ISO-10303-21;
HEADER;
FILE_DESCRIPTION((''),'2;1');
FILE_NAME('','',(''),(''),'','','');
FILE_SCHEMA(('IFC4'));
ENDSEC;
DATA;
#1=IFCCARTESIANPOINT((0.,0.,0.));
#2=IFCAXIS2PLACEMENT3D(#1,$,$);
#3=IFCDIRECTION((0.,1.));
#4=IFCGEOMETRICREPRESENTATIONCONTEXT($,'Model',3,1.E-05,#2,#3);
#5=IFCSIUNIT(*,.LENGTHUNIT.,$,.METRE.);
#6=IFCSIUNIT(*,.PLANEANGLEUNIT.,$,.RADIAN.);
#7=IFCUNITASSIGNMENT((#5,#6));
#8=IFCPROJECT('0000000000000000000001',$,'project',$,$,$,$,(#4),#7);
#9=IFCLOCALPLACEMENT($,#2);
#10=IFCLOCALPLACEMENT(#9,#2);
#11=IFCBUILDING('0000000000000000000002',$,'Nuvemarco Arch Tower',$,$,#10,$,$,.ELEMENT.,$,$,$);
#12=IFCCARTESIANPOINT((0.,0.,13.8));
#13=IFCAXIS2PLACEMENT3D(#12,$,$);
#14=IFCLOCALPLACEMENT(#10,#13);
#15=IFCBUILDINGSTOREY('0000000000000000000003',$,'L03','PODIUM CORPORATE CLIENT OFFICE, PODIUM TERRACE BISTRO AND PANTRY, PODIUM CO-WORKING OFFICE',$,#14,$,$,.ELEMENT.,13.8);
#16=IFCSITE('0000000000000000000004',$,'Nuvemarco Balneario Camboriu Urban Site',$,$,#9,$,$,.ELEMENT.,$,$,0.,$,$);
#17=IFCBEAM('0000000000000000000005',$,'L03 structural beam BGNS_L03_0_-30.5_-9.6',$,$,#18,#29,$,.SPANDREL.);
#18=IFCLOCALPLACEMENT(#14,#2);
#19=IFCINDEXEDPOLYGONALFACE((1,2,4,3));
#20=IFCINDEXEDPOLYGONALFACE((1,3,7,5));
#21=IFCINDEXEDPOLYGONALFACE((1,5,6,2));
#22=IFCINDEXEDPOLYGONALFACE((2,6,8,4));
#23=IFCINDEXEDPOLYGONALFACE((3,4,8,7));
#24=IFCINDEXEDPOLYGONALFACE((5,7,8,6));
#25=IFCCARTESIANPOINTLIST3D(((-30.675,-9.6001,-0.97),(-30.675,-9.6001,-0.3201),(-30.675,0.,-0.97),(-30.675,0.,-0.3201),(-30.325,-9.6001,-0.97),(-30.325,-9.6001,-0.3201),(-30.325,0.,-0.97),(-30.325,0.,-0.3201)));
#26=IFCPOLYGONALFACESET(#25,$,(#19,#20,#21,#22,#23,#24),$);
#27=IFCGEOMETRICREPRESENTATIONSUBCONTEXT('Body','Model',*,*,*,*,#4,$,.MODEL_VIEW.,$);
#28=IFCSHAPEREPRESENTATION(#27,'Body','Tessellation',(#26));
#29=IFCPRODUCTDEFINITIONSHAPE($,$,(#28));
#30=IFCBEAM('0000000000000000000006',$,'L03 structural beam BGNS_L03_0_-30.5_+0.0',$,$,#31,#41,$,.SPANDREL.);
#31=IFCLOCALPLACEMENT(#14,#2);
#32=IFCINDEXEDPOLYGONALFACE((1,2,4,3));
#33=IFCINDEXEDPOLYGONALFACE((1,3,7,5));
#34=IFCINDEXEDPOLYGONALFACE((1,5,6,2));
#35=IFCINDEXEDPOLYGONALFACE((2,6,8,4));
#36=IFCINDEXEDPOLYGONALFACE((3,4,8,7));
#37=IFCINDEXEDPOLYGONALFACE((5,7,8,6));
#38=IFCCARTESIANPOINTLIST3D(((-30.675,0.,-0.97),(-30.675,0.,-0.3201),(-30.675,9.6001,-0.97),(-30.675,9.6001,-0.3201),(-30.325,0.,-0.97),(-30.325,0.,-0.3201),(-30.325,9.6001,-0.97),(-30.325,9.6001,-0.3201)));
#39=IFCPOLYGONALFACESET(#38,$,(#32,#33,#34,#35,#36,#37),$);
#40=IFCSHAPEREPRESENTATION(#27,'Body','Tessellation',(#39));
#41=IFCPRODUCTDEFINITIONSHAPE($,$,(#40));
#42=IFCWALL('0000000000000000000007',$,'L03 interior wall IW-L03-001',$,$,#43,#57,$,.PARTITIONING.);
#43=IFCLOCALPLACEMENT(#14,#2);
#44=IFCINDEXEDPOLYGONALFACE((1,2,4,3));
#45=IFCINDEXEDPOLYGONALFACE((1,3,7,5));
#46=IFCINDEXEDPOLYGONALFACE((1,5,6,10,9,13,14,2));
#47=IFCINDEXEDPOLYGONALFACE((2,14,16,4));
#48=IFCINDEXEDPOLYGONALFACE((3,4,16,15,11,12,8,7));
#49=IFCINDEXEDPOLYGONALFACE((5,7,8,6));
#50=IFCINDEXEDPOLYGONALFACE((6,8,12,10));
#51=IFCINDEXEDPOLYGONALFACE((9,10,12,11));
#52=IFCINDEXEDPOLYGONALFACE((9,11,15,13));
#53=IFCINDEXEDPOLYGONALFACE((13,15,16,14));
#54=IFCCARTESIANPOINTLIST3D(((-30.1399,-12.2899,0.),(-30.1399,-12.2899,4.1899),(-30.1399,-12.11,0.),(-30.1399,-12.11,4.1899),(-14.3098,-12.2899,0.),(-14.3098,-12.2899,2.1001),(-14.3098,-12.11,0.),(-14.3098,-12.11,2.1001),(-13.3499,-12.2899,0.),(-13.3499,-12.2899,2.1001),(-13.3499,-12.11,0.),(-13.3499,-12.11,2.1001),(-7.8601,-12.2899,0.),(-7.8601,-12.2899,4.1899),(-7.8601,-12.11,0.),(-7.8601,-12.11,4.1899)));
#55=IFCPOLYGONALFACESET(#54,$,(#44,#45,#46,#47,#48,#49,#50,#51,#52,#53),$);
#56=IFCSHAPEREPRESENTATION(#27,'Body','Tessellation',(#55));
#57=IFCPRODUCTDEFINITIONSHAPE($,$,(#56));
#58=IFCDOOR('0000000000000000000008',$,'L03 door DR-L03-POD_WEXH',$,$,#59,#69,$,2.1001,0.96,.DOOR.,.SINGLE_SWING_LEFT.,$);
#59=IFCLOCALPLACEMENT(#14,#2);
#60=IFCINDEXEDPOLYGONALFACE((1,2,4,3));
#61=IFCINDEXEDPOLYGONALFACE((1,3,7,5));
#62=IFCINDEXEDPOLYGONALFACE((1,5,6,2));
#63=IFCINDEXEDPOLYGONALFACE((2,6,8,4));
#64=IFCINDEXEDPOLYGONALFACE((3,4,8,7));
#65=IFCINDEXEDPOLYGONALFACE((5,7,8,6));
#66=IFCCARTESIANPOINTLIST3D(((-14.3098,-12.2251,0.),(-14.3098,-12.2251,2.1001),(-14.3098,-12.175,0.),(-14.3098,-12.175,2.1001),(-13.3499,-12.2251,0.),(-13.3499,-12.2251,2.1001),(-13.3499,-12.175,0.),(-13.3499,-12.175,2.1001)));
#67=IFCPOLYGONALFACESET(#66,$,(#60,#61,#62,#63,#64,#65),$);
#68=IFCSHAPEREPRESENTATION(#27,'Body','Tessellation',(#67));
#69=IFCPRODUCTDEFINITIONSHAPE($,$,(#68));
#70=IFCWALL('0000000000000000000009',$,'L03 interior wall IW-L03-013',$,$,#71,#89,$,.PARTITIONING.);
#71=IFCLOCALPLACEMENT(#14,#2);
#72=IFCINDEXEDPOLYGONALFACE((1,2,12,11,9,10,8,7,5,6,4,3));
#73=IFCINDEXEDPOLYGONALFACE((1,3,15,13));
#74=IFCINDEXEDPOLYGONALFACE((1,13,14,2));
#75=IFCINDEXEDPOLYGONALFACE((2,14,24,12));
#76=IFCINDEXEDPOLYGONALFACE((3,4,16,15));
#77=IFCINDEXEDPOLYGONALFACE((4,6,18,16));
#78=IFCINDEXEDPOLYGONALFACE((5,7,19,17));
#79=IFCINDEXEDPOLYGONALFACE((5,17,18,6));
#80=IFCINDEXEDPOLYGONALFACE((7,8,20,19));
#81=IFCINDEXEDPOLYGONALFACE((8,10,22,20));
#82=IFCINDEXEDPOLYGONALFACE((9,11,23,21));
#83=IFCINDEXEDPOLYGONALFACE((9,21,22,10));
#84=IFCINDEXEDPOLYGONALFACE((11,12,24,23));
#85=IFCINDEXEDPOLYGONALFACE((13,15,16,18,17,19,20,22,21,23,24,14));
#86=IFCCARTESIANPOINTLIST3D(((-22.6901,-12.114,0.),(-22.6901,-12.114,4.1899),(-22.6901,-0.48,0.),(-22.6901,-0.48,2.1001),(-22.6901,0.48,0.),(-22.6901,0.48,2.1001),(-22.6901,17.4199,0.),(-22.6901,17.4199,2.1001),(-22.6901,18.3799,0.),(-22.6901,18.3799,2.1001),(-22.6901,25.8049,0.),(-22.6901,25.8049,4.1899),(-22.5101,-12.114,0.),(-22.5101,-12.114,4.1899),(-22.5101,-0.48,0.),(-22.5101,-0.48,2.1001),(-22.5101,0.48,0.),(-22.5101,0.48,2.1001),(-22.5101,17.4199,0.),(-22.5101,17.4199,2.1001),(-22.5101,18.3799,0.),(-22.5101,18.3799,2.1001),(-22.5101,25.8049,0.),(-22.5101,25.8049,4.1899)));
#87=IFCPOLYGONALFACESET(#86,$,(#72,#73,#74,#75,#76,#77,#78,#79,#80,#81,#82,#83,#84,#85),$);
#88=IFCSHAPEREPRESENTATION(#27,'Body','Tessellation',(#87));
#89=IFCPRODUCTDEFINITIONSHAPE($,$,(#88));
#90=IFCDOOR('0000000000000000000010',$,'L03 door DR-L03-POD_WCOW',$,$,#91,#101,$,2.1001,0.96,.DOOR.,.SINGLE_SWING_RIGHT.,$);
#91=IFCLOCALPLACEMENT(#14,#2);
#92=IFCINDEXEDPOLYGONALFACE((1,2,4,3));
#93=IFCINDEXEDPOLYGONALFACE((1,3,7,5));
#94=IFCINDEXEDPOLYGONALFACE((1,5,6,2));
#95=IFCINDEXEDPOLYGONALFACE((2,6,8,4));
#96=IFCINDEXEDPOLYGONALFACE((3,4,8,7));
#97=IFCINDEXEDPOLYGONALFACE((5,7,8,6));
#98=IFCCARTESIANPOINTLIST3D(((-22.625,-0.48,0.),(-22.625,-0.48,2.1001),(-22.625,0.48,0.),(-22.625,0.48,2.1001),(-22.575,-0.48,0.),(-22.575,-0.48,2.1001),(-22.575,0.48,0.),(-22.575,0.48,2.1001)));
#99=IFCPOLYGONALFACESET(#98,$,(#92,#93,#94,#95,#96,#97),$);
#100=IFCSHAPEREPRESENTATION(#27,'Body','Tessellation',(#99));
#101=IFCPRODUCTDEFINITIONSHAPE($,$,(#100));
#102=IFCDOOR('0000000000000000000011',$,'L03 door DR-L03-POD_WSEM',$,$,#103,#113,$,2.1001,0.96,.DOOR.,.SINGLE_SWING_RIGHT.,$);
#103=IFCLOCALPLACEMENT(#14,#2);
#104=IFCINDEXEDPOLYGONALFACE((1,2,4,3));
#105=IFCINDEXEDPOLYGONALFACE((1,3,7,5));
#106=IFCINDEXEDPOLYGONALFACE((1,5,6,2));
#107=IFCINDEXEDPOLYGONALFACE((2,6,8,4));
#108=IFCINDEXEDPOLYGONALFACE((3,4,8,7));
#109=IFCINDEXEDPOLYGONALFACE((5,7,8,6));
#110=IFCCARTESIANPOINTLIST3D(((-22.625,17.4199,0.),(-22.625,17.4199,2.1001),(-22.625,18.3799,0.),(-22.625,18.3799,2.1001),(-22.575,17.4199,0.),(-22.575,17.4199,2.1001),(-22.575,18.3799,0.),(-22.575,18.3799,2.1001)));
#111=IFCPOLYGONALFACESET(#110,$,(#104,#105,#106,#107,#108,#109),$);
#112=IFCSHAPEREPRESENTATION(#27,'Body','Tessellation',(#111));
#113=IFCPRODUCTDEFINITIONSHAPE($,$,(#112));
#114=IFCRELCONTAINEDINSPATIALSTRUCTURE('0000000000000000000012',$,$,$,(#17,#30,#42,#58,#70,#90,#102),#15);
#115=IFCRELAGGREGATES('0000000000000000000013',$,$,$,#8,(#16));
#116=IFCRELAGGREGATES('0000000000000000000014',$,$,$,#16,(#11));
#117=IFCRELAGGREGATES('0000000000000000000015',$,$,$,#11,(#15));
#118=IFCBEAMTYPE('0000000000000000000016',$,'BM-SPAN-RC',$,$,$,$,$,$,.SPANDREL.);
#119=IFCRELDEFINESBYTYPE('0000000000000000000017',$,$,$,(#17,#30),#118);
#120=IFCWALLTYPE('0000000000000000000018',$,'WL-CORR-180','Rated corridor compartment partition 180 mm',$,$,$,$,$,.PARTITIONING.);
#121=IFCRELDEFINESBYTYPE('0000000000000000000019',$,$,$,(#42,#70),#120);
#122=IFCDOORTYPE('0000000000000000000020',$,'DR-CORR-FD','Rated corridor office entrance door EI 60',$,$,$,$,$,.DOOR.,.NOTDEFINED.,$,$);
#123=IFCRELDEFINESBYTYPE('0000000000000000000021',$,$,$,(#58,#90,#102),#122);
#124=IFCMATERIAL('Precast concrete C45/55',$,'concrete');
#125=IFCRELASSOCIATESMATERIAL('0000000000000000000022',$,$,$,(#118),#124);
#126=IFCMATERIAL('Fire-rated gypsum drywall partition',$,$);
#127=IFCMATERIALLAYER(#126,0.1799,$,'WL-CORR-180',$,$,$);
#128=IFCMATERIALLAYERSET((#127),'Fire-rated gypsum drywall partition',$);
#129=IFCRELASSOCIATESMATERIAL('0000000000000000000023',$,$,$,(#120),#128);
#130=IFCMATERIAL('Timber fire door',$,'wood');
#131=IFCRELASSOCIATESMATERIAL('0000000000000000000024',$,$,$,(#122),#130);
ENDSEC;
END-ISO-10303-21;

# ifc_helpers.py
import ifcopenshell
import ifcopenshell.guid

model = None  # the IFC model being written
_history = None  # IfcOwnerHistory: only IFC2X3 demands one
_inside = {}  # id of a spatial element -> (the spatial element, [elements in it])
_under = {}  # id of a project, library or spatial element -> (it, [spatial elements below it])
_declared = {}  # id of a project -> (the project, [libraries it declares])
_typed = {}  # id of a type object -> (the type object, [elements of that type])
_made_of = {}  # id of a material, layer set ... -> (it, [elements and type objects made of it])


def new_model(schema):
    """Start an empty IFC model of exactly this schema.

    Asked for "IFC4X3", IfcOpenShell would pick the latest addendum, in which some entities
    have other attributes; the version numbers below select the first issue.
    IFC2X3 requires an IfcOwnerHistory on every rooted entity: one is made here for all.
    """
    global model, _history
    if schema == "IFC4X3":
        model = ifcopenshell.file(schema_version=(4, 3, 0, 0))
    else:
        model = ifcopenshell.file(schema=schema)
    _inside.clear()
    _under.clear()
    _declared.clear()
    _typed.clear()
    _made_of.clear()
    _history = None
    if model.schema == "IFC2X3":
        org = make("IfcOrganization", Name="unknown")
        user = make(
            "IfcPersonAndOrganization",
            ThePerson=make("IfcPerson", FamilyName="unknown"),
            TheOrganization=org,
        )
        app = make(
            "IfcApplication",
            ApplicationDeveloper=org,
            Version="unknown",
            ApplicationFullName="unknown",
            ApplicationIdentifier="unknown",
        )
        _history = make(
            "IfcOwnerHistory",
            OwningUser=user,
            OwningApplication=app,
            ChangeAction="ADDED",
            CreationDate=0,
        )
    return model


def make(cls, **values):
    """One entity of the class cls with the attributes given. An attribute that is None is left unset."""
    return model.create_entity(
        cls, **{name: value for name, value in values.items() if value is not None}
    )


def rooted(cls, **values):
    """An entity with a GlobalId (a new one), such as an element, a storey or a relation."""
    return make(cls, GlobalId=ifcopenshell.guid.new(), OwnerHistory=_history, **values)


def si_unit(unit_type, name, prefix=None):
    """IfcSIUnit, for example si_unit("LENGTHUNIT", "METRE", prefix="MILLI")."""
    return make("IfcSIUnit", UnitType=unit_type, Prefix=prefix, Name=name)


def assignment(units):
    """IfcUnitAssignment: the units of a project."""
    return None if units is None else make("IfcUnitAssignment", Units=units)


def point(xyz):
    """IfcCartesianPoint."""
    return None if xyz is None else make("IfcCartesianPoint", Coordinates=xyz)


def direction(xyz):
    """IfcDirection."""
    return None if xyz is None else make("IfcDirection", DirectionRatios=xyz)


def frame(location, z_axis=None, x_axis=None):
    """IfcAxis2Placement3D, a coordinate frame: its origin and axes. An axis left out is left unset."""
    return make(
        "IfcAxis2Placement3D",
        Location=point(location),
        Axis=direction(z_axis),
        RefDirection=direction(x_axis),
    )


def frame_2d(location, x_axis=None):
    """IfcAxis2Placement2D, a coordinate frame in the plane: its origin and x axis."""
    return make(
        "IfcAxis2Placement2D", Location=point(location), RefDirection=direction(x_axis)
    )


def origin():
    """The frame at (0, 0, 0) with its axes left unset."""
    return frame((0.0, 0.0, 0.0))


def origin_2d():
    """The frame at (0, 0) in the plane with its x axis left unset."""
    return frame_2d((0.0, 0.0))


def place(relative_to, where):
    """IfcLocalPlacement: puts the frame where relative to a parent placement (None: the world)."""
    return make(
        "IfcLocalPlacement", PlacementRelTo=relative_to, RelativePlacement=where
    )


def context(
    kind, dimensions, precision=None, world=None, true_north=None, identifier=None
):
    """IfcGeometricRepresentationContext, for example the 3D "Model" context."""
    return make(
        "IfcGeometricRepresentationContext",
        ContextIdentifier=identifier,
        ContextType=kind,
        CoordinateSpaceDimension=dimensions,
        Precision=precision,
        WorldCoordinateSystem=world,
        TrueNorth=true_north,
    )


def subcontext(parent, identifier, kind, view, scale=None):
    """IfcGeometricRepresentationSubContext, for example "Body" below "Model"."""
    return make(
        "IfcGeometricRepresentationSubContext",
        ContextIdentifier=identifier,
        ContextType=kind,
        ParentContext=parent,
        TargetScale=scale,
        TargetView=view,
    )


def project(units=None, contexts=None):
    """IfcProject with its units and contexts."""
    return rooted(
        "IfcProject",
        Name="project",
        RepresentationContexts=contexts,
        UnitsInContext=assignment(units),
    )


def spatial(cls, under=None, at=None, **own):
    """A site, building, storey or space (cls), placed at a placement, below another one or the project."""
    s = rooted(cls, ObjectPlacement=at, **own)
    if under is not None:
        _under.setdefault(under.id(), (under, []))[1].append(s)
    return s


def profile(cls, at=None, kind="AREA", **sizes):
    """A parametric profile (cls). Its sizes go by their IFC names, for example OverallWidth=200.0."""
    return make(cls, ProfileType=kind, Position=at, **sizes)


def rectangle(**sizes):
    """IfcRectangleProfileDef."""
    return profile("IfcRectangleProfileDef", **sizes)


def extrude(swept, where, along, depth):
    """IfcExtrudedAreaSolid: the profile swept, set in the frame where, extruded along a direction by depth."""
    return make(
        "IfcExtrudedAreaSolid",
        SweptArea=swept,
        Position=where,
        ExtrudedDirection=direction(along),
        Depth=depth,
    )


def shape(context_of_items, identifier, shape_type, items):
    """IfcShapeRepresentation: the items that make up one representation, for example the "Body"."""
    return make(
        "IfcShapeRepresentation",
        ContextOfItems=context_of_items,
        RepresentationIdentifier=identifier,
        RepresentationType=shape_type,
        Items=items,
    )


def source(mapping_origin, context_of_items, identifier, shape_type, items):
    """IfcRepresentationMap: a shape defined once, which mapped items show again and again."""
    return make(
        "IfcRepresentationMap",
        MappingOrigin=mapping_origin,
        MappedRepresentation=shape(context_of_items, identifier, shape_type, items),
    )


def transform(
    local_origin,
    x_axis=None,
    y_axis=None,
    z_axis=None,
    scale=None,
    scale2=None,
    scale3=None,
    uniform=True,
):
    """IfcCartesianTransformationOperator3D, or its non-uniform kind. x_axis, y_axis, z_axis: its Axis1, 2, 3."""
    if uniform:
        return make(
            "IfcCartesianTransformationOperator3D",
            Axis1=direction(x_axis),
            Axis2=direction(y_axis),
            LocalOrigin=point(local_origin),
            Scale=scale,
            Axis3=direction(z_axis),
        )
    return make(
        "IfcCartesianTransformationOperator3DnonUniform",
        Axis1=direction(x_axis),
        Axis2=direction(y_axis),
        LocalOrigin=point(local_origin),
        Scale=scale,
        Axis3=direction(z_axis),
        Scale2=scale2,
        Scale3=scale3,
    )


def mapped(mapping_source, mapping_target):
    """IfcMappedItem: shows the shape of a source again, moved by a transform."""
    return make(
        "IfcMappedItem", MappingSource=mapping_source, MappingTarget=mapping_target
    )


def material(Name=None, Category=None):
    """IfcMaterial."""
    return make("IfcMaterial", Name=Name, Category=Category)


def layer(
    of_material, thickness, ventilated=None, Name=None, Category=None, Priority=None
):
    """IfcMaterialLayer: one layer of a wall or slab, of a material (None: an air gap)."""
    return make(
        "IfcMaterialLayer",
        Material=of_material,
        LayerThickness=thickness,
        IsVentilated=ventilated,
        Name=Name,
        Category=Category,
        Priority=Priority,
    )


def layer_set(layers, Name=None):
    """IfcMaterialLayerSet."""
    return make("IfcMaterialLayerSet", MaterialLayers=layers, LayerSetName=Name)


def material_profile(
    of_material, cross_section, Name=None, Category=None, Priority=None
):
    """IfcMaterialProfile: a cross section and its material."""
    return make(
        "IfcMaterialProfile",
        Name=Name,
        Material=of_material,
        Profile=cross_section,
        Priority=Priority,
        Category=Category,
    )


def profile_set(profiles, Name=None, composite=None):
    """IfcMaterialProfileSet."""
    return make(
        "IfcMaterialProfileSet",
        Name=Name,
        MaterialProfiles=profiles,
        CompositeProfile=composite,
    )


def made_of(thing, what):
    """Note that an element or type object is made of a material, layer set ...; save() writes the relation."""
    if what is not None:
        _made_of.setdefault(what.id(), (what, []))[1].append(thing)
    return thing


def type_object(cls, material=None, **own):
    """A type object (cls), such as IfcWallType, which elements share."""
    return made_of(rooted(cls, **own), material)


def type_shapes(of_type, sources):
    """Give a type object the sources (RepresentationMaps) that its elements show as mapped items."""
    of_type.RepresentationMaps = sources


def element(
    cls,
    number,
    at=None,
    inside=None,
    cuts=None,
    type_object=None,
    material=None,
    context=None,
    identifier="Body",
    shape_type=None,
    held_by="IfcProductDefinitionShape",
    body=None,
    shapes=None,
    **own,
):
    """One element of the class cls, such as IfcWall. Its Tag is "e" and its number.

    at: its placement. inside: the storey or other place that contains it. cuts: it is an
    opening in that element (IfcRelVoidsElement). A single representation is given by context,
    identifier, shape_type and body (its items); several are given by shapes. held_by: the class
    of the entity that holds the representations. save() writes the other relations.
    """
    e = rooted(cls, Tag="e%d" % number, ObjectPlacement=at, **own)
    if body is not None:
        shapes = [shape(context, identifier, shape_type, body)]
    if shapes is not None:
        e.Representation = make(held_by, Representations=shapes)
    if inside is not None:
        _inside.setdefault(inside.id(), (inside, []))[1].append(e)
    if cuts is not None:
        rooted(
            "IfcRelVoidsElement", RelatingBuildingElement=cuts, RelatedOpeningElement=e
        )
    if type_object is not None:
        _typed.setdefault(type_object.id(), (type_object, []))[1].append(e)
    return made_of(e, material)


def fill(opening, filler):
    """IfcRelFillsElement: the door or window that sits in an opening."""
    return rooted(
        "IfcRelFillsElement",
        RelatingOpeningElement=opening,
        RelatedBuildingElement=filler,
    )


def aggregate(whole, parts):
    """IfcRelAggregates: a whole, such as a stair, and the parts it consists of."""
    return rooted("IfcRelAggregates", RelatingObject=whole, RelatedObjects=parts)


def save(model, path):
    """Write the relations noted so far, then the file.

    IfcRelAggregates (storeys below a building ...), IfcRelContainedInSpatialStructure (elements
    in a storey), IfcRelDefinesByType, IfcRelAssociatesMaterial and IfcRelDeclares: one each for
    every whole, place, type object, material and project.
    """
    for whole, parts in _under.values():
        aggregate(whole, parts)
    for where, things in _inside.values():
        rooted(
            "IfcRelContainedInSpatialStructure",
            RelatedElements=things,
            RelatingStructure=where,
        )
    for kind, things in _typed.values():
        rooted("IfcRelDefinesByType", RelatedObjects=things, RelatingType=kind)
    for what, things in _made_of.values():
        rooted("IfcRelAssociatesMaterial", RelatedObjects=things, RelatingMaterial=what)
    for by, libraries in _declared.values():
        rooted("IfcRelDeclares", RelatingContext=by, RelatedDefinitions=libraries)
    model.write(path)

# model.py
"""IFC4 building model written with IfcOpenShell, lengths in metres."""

from ifc_helpers import new_model, si_unit, direction, frame, frame_2d, origin, origin_2d, place, context, subcontext, project, spatial, rectangle, extrude, source, transform, mapped, material, layer, layer_set, material_profile, profile_set, type_object, type_shapes, element, fill, save


model = new_model("IFC4")

# Units and contexts
model_context = context("Model", 3, precision=1e-05, world=origin(), true_north=direction((0.0, 1.0)))
body_context = subcontext(model_context, "Body", "Model", "MODEL_VIEW")
ifc_project = project(units=[si_unit("LENGTHUNIT", "METRE"), si_unit("PLANEANGLEUNIT", "RADIAN")], contexts=[model_context])

# Site, building, storey
site_placement = place(None, origin())
site = spatial("IfcSite", under=ifc_project, at=site_placement, Name="Nuvemarco Balneario Camboriu Urban Site", CompositionType="ELEMENT", RefElevation=0.0)
building_placement = place(site_placement, origin())
building = spatial("IfcBuilding", under=site, at=building_placement, Name="Nuvemarco Arch Tower", CompositionType="ELEMENT")
storey_placement = place(building_placement, frame((0.0, 0.0, 13.8)))
storey = spatial("IfcBuildingStorey", under=building, at=storey_placement, Name="L03", Description="PODIUM CORPORATE CLIENT OFFICE, PODIUM TERRACE BISTRO AND PANTRY, PODIUM CO-WORKING OFFICE", CompositionType="ELEMENT", Elevation=13.8)

# Beams
ifc_material_1 = material(Name="Precast concrete C45/55", Category="concrete")
ifc_material_profile_1 = material_profile(ifc_material_1, rectangle(XDim=0.3501, YDim=0.6499, at=origin_2d()), Name="PC-SP-350x650")
ifc_profile_set_1 = profile_set([ifc_material_profile_1], Name="Precast concrete C45/55")
beam_type_1 = type_object("IfcBeamType", Name="BM-SPAN-RC", PredefinedType="SPANDREL", material=ifc_profile_set_1)
for number, where, z_axis, x_axis, name in (
    (1, (-30.5, -9.6001, -0.645), (0.0, 1.0, 0.0), (-1.0, 0.0, 0.0), "L03 structural beam BGNS_L03_0_-30.5_-9.6"),
    (2, (-30.5, 0.0, -0.645), (0.0, 1.0, 0.0), (-1.0, 0.0, 0.0), "L03 structural beam BGNS_L03_0_-30.5_+0.0"),
):
    element("IfcBeam", number, at=place(storey_placement, frame(where, z_axis=z_axis, x_axis=x_axis)), inside=storey, type_object=beam_type_1, Name=name, PredefinedType="SPANDREL", context=body_context, shape_type="SweptSolid", body=[
        extrude(rectangle(XDim=0.3501, YDim=0.6499, at=origin_2d()), origin(), (0.0, 0.0, 1.0), 9.6001),
    ])

# Wall, opening, door
ifc_material_2 = material(Name="Fire-rated gypsum drywall partition")
ifc_layer = layer(ifc_material_2, 0.1799, Name="WL-CORR-180")
ifc_layer_set = layer_set([ifc_layer], Name="Fire-rated gypsum drywall partition")
wall_type = type_object("IfcWallType", Name="WL-CORR-180", Description="Rated corridor compartment partition 180 mm", PredefinedType="PARTITIONING", material=ifc_layer_set)
wall_1_placement = place(storey_placement, frame((-30.1399, -12.2, 0.0), z_axis=(0.0, 0.0, 1.0), x_axis=(1.0, 0.0, 0.0)))
wall_1 = element("IfcWall", 3, at=wall_1_placement, inside=storey, type_object=wall_type, Name="L03 interior wall IW-L03-001", PredefinedType="PARTITIONING", context=body_context, shape_type="SweptSolid", body=[
    extrude(rectangle(XDim=22.2798, YDim=0.1799, at=frame_2d((11.1399, 0.0))), origin(), (0.0, 0.0, 1.0), 4.1899),
])
opening_1_placement = place(wall_1_placement, frame((15.8301, 0.0, 0.0)))
opening_1 = element("IfcOpeningElement", 4, at=opening_1_placement, cuts=wall_1, PredefinedType="OPENING", context=body_context, shape_type="SweptSolid", body=[
    extrude(rectangle(XDim=0.96, YDim=2.1001, at=frame_2d((0.48, 1.05))), frame((0.0, 0.0999, 0.0), z_axis=(0.0, -1.0, 0.0), x_axis=(1.0, 0.0, 0.0)), (0.0, 0.0, 1.0), 0.2),
])
ifc_material_3 = material(Name="Timber fire door", Category="wood")
door_type = type_object("IfcDoorType", Name="DR-CORR-FD", Description="Rated corridor office entrance door EI 60", OperationType="NOTDEFINED", PredefinedType="DOOR", material=ifc_material_3)
shared_shape = source(origin(), body_context, "Body", "SweptSolid", [
    extrude(rectangle(XDim=0.96, YDim=2.1001, at=frame_2d((0.48, 1.05))), frame((0.0, 0.0249, 0.0), z_axis=(0.0, -1.0, 0.0), x_axis=(1.0, 0.0, 0.0)), (0.0, 0.0, 1.0), 0.05),
])
type_shapes(door_type, [shared_shape])
door_1_placement = place(opening_1_placement, origin())
door_1 = element("IfcDoor", 5, at=door_1_placement, inside=storey, type_object=door_type, Name="L03 door DR-L03-POD_WEXH", OperationType="SINGLE_SWING_LEFT", OverallHeight=2.1001, OverallWidth=0.96, PredefinedType="DOOR", context=body_context, shape_type="MappedRepresentation", body=[
    mapped(shared_shape, transform((0.0, 0.0, 0.0), scale=1.0)),
])
fill(opening_1, door_1)

# Wall, openings, doors
wall_2_placement = place(storey_placement, frame((-22.6001, -12.114, 0.0), z_axis=(0.0, 0.0, 1.0), x_axis=(0.0, 1.0, 0.0)))
wall_2 = element("IfcWall", 6, at=wall_2_placement, inside=storey, type_object=wall_type, Name="L03 interior wall IW-L03-013", PredefinedType="PARTITIONING", context=body_context, shape_type="SweptSolid", body=[
    extrude(rectangle(XDim=37.9189, YDim=0.1799, at=frame_2d((18.9595, 0.0))), origin(), (0.0, 0.0, 1.0), 4.1899),
])
opening_2_placement = place(wall_2_placement, frame((11.634, 0.0, 0.0)))
opening_2 = element("IfcOpeningElement", 7, at=opening_2_placement, cuts=wall_2, PredefinedType="OPENING", context=body_context, shape_type="SweptSolid", body=[
    extrude(rectangle(XDim=0.96, YDim=2.1001, at=frame_2d((0.48, 1.05))), frame((0.0, 0.0999, 0.0), z_axis=(0.0, -1.0, 0.0), x_axis=(1.0, 0.0, 0.0)), (0.0, 0.0, 1.0), 0.2),
])
opening_3_placement = place(wall_2_placement, frame((29.5339, 0.0, 0.0)))
opening_3 = element("IfcOpeningElement", 8, at=opening_3_placement, cuts=wall_2, PredefinedType="OPENING", context=body_context, shape_type="SweptSolid", body=[
    extrude(rectangle(XDim=0.96, YDim=2.1001, at=frame_2d((0.48, 1.05))), frame((0.0, 0.0999, 0.0), z_axis=(0.0, -1.0, 0.0), x_axis=(1.0, 0.0, 0.0)), (0.0, 0.0, 1.0), 0.2),
])
door_2_placement = place(opening_2_placement, origin())
door_2 = element("IfcDoor", 9, at=door_2_placement, inside=storey, type_object=door_type, Name="L03 door DR-L03-POD_WCOW", OperationType="SINGLE_SWING_RIGHT", OverallHeight=2.1001, OverallWidth=0.96, PredefinedType="DOOR", context=body_context, shape_type="MappedRepresentation", body=[
    mapped(shared_shape, transform((0.0, 0.0, 0.0), scale=1.0)),
])
fill(opening_2, door_2)
door_3_placement = place(opening_3_placement, origin())
door_3 = element("IfcDoor", 10, at=door_3_placement, inside=storey, type_object=door_type, Name="L03 door DR-L03-POD_WSEM", OperationType="SINGLE_SWING_RIGHT", OverallHeight=2.1001, OverallWidth=0.96, PredefinedType="DOOR", context=body_context, shape_type="MappedRepresentation", body=[
    mapped(shared_shape, transform((0.0, 0.0, 0.0), scale=1.0)),
])
fill(opening_3, door_3)

save(model, "model.ifc")
